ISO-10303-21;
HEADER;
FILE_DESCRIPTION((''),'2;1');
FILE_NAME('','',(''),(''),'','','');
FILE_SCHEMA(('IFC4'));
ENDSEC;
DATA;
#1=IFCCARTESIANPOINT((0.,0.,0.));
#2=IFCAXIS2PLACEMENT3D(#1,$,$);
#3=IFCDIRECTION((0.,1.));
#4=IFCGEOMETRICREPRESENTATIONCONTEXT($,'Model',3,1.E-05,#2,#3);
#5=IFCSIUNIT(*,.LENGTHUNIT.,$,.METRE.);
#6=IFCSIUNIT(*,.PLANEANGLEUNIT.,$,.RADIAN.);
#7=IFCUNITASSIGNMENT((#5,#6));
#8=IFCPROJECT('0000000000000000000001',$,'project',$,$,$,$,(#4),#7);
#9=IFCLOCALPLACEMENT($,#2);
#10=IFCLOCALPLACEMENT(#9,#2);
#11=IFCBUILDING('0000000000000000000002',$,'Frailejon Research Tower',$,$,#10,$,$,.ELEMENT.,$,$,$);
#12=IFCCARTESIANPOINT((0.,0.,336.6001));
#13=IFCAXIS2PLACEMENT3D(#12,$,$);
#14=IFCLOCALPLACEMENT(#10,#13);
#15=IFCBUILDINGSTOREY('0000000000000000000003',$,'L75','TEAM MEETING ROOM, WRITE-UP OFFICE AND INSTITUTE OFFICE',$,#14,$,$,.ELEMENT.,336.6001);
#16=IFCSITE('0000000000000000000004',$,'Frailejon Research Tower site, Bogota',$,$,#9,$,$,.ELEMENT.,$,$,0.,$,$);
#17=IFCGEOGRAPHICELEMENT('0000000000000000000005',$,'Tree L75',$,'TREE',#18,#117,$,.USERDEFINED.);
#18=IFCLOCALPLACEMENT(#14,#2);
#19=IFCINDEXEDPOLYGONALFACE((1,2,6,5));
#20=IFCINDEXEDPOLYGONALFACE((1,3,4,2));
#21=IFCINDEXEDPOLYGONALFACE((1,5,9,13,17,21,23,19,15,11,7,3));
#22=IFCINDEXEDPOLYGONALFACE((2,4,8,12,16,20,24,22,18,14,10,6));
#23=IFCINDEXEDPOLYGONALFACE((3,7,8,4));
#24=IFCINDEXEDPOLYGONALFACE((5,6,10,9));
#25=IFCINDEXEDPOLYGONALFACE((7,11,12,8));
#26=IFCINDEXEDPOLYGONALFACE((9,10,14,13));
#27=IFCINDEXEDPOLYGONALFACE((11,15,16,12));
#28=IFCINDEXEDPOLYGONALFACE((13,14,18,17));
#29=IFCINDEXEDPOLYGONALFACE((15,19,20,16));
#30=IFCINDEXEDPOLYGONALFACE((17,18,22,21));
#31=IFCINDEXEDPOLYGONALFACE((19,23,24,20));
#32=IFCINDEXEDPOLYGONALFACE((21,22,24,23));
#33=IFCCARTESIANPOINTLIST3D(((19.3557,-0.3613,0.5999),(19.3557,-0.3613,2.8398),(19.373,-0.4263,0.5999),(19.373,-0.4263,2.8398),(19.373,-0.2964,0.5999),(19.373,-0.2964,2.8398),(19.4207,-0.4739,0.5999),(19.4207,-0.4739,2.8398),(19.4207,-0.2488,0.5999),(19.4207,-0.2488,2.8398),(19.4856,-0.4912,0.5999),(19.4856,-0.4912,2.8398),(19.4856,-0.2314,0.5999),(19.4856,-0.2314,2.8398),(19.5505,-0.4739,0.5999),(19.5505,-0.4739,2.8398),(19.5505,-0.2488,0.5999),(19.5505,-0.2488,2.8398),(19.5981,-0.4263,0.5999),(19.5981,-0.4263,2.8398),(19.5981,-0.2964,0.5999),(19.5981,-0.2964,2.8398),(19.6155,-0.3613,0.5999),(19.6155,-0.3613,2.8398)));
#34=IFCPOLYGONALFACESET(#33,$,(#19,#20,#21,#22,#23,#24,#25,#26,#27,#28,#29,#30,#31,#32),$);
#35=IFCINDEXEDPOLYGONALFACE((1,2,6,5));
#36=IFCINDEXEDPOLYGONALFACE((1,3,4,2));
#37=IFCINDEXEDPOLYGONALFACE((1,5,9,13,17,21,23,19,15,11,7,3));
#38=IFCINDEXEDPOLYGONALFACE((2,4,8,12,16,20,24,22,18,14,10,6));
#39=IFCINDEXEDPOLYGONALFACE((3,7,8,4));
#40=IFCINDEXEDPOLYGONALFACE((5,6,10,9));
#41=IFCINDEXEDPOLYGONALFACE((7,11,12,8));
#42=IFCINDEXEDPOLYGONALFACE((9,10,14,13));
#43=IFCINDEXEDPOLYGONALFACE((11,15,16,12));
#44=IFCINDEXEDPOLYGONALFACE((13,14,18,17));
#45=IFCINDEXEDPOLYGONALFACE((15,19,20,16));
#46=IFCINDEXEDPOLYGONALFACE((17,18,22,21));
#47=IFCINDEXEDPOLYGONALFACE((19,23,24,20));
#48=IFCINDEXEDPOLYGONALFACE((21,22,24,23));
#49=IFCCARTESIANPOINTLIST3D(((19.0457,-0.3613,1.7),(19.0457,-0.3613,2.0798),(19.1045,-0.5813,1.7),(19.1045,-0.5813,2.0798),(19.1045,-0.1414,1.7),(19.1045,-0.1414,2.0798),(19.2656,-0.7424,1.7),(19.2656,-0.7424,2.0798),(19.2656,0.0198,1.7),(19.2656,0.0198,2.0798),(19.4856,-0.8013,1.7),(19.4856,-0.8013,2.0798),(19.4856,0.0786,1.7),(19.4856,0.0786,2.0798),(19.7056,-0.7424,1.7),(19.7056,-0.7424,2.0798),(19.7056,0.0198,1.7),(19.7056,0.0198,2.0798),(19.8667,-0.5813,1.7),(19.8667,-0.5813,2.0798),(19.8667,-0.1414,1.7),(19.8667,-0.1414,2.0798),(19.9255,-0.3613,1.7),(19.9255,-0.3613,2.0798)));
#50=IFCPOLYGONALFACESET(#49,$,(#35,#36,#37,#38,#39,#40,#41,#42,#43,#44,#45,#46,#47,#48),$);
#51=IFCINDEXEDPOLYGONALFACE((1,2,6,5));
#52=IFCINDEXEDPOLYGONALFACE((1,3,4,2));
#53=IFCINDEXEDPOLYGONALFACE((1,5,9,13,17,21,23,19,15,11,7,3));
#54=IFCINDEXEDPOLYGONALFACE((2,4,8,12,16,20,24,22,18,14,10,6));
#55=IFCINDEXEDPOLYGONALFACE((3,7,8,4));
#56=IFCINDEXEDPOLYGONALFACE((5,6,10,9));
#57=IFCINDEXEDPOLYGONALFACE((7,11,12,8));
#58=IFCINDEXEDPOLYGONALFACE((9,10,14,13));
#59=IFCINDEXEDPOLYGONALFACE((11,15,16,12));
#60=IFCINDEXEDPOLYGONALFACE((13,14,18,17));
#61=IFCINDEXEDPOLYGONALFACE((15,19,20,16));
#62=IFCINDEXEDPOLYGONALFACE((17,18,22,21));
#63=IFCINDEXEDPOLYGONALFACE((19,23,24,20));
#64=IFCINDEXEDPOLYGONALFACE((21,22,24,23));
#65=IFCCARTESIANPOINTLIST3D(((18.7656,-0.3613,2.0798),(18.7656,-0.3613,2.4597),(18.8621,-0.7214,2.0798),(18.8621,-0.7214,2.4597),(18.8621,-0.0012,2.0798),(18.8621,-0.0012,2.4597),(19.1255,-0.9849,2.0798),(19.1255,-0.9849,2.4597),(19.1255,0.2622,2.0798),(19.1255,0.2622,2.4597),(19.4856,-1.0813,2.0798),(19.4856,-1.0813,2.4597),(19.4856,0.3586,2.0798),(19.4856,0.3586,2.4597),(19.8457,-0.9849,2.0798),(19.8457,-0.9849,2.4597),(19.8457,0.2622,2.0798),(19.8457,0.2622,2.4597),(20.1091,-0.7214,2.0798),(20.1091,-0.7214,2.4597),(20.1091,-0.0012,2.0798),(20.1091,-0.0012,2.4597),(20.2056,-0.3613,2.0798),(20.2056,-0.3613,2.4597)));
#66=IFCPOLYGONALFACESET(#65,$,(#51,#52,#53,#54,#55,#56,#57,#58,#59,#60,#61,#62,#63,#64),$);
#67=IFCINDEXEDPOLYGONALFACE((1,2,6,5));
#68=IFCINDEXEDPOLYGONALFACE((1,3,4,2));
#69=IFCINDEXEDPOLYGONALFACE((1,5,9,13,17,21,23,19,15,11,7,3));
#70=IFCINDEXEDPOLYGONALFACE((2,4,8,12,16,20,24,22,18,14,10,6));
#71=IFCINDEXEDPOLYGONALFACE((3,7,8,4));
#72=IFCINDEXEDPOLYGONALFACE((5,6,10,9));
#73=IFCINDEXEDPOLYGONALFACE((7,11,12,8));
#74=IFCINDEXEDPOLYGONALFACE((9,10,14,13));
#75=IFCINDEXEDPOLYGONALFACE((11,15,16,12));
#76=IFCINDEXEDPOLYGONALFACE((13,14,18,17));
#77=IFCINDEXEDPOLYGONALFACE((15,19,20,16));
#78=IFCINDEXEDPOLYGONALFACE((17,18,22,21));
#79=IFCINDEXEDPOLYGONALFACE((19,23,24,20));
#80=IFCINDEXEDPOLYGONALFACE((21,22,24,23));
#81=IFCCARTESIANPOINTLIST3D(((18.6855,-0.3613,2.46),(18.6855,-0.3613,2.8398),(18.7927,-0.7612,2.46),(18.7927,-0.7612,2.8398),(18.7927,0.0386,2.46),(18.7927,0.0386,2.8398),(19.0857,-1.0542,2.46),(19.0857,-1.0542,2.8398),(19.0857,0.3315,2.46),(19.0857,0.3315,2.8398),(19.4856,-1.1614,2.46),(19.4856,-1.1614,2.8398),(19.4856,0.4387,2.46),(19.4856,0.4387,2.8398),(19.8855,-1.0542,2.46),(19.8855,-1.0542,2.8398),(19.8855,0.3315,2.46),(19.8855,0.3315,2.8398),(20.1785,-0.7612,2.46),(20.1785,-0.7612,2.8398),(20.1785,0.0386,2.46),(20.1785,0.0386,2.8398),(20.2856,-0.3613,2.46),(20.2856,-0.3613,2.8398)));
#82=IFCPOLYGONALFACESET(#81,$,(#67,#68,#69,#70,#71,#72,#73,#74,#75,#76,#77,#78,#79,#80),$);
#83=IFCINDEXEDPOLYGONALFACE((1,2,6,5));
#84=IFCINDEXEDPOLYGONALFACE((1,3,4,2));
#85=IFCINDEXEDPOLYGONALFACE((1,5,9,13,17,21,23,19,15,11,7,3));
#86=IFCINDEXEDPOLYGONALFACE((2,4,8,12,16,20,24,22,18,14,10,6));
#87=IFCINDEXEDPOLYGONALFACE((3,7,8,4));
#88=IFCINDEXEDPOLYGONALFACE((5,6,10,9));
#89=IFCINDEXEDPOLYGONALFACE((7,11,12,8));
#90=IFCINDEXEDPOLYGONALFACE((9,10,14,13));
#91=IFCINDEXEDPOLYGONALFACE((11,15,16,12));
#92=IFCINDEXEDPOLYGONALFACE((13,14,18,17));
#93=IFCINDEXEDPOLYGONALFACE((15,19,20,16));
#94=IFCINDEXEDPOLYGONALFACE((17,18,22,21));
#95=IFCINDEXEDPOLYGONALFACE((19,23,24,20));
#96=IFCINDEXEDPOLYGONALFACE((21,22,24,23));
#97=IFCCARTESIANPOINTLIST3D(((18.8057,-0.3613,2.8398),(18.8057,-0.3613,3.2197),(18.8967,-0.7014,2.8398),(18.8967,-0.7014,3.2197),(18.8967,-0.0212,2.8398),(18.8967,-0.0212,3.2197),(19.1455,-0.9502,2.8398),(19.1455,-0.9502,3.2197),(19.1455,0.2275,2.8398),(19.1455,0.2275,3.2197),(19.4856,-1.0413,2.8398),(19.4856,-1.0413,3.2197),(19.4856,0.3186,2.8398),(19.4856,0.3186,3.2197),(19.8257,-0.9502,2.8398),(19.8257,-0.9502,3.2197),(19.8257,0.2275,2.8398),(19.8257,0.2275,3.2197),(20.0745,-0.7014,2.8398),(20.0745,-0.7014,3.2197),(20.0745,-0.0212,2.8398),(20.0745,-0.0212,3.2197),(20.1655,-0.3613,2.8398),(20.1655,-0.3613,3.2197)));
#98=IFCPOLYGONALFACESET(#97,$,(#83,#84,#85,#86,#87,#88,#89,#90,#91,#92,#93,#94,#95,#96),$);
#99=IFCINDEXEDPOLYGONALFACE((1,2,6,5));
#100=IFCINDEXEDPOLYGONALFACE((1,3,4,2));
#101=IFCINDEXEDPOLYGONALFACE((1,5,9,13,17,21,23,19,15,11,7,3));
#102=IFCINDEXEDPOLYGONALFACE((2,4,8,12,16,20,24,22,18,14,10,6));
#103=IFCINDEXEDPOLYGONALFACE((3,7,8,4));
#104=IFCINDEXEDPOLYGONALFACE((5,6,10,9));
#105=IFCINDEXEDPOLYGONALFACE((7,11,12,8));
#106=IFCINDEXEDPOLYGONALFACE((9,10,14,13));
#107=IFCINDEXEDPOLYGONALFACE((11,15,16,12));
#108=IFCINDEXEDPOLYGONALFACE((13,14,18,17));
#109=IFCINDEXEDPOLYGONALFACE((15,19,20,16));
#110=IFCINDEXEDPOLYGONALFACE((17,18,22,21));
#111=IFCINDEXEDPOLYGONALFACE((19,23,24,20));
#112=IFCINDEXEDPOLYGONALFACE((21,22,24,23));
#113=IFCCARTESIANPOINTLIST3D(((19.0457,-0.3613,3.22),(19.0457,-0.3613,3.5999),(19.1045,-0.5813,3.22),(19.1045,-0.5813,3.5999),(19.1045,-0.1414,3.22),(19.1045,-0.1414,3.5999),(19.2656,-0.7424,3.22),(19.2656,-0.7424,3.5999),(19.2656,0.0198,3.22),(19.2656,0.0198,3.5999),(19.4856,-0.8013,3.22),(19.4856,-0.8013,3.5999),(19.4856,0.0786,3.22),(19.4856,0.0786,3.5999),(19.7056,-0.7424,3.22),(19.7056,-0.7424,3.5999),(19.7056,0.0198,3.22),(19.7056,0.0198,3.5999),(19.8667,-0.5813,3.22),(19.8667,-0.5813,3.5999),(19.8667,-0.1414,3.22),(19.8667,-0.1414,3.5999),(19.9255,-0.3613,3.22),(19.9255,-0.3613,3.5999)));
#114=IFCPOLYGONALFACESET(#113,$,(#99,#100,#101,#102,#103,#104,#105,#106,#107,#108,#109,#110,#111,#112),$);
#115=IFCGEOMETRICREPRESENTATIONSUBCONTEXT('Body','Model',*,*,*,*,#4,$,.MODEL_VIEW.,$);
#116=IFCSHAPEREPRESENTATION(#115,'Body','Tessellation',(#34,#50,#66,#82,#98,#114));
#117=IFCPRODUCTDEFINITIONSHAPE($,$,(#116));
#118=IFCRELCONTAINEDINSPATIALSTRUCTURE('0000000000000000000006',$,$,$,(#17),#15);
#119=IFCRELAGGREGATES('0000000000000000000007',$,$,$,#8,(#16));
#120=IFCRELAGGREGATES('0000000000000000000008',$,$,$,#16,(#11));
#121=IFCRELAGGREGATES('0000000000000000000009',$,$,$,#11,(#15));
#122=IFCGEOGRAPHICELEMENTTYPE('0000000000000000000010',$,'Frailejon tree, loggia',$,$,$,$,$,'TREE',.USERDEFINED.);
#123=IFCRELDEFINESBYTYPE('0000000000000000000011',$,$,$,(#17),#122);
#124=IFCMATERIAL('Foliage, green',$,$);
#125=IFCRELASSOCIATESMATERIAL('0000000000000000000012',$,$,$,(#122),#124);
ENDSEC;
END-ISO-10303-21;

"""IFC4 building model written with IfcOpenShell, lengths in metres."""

from ifc_helpers import new_model, si_unit, direction, frame, origin, place, context, subcontext, project, spatial, polyline, outline, extrude, material, type_object, element, save


model = new_model("IFC4")

# Units and contexts
model_context = context("Model", 3, precision=1e-05, world=origin(), true_north=direction((0.0, 1.0)))
body_context = subcontext(model_context, "Body", "Model", "MODEL_VIEW")
ifc_project = project(units=[si_unit("LENGTHUNIT", "METRE"), si_unit("PLANEANGLEUNIT", "RADIAN")], contexts=[model_context])

# Site, building, storey
site_placement = place(None, origin())
site = spatial("IfcSite", under=ifc_project, at=site_placement, Name="Frailejon Research Tower site, Bogota", CompositionType="ELEMENT", RefElevation=0.0)
building_placement = place(site_placement, origin())
building = spatial("IfcBuilding", under=site, at=building_placement, Name="Frailejon Research Tower", CompositionType="ELEMENT")
storey_placement = place(building_placement, frame((0.0, 0.0, 336.6001)))
storey = spatial("IfcBuildingStorey", under=building, at=storey_placement, Name="L75", Description="TEAM MEETING ROOM, WRITE-UP OFFICE AND INSTITUTE OFFICE", CompositionType="ELEMENT", Elevation=336.6001)

# Geographic element
ifc_material_1 = material(Name="Foliage, green")
geographic_element_type = type_object("IfcGeographicElementType", Name="Frailejon tree, loggia", ElementType="TREE", PredefinedType="USERDEFINED", material=ifc_material_1)
geographic_element_placement = place(storey_placement, frame((19.4856, -0.3613, 0.5999)))
element("IfcGeographicElement", 1, at=geographic_element_placement, inside=storey, type_object=geographic_element_type, Name="Tree L75", ObjectType="TREE", PredefinedType="USERDEFINED", context=body_context, shape_type="SweptSolid", body=[
    extrude(outline(polyline([(0.1299, 0.0), (0.1125, 0.0649), (0.0649, 0.1125), (0.0, 0.1299), (-0.0649, 0.1125), (-0.1125, 0.0649), (-0.1299, 0.0), (-0.1125, -0.0649), (-0.0649, -0.1125), (0.0, -0.1299), (0.0649, -0.1125), (0.1125, -0.0649), (0.1299, 0.0)])), origin(), (0.0, 0.0, 1.0), 2.24),
    extrude(outline(polyline([(0.4399, 0.0), (0.3811, 0.22), (0.22, 0.3811), (0.0, 0.4399), (-0.22, 0.3811), (-0.3811, 0.22), (-0.4399, 0.0), (-0.3811, -0.22), (-0.22, -0.3811), (0.0, -0.4399), (0.22, -0.3811), (0.3811, -0.22), (0.4399, 0.0)])), frame((0.0, 0.0, 1.1001)), (0.0, 0.0, 1.0), 0.3799),
    extrude(outline(polyline([(0.72, 0.0), (0.6235, 0.3601), (0.3601, 0.6235), (0.0, 0.72), (-0.3601, 0.6235), (-0.6235, 0.3601), (-0.72, 0.0), (-0.6235, -0.3601), (-0.3601, -0.6235), (0.0, -0.72), (0.3601, -0.6235), (0.6235, -0.3601), (0.72, 0.0)])), frame((0.0, 0.0, 1.48)), (0.0, 0.0, 1.0), 0.3799),
    extrude(outline(polyline([(0.8, 0.0), (0.6929, 0.3999), (0.3999, 0.6929), (0.0, 0.8), (-0.3999, 0.6929), (-0.6929, 0.3999), (-0.8, 0.0), (-0.6929, -0.3999), (-0.3999, -0.6929), (0.0, -0.8), (0.3999, -0.6929), (0.6929, -0.3999), (0.8, 0.0)])), frame((0.0, 0.0, 1.8601)), (0.0, 0.0, 1.0), 0.3799),
    extrude(outline(polyline([(0.6799, 0.0), (0.5889, 0.3401), (0.3401, 0.5889), (0.0, 0.6799), (-0.3401, 0.5889), (-0.5889, 0.3401), (-0.6799, 0.0), (-0.5889, -0.3401), (-0.3401, -0.5889), (0.0, -0.6799), (0.3401, -0.5889), (0.5889, -0.3401), (0.6799, 0.0)])), frame((0.0, 0.0, 2.24)), (0.0, 0.0, 1.0), 0.3799),
    extrude(outline(polyline([(0.4399, 0.0), (0.3811, 0.22), (0.22, 0.3811), (0.0, 0.4399), (-0.22, 0.3811), (-0.3811, 0.22), (-0.4399, 0.0), (-0.3811, -0.22), (-0.22, -0.3811), (0.0, -0.4399), (0.22, -0.3811), (0.3811, -0.22), (0.4399, 0.0)])), frame((0.0, 0.0, 2.6201)), (0.0, 0.0, 1.0), 0.3799),
])

save(model, "model.ifc")
